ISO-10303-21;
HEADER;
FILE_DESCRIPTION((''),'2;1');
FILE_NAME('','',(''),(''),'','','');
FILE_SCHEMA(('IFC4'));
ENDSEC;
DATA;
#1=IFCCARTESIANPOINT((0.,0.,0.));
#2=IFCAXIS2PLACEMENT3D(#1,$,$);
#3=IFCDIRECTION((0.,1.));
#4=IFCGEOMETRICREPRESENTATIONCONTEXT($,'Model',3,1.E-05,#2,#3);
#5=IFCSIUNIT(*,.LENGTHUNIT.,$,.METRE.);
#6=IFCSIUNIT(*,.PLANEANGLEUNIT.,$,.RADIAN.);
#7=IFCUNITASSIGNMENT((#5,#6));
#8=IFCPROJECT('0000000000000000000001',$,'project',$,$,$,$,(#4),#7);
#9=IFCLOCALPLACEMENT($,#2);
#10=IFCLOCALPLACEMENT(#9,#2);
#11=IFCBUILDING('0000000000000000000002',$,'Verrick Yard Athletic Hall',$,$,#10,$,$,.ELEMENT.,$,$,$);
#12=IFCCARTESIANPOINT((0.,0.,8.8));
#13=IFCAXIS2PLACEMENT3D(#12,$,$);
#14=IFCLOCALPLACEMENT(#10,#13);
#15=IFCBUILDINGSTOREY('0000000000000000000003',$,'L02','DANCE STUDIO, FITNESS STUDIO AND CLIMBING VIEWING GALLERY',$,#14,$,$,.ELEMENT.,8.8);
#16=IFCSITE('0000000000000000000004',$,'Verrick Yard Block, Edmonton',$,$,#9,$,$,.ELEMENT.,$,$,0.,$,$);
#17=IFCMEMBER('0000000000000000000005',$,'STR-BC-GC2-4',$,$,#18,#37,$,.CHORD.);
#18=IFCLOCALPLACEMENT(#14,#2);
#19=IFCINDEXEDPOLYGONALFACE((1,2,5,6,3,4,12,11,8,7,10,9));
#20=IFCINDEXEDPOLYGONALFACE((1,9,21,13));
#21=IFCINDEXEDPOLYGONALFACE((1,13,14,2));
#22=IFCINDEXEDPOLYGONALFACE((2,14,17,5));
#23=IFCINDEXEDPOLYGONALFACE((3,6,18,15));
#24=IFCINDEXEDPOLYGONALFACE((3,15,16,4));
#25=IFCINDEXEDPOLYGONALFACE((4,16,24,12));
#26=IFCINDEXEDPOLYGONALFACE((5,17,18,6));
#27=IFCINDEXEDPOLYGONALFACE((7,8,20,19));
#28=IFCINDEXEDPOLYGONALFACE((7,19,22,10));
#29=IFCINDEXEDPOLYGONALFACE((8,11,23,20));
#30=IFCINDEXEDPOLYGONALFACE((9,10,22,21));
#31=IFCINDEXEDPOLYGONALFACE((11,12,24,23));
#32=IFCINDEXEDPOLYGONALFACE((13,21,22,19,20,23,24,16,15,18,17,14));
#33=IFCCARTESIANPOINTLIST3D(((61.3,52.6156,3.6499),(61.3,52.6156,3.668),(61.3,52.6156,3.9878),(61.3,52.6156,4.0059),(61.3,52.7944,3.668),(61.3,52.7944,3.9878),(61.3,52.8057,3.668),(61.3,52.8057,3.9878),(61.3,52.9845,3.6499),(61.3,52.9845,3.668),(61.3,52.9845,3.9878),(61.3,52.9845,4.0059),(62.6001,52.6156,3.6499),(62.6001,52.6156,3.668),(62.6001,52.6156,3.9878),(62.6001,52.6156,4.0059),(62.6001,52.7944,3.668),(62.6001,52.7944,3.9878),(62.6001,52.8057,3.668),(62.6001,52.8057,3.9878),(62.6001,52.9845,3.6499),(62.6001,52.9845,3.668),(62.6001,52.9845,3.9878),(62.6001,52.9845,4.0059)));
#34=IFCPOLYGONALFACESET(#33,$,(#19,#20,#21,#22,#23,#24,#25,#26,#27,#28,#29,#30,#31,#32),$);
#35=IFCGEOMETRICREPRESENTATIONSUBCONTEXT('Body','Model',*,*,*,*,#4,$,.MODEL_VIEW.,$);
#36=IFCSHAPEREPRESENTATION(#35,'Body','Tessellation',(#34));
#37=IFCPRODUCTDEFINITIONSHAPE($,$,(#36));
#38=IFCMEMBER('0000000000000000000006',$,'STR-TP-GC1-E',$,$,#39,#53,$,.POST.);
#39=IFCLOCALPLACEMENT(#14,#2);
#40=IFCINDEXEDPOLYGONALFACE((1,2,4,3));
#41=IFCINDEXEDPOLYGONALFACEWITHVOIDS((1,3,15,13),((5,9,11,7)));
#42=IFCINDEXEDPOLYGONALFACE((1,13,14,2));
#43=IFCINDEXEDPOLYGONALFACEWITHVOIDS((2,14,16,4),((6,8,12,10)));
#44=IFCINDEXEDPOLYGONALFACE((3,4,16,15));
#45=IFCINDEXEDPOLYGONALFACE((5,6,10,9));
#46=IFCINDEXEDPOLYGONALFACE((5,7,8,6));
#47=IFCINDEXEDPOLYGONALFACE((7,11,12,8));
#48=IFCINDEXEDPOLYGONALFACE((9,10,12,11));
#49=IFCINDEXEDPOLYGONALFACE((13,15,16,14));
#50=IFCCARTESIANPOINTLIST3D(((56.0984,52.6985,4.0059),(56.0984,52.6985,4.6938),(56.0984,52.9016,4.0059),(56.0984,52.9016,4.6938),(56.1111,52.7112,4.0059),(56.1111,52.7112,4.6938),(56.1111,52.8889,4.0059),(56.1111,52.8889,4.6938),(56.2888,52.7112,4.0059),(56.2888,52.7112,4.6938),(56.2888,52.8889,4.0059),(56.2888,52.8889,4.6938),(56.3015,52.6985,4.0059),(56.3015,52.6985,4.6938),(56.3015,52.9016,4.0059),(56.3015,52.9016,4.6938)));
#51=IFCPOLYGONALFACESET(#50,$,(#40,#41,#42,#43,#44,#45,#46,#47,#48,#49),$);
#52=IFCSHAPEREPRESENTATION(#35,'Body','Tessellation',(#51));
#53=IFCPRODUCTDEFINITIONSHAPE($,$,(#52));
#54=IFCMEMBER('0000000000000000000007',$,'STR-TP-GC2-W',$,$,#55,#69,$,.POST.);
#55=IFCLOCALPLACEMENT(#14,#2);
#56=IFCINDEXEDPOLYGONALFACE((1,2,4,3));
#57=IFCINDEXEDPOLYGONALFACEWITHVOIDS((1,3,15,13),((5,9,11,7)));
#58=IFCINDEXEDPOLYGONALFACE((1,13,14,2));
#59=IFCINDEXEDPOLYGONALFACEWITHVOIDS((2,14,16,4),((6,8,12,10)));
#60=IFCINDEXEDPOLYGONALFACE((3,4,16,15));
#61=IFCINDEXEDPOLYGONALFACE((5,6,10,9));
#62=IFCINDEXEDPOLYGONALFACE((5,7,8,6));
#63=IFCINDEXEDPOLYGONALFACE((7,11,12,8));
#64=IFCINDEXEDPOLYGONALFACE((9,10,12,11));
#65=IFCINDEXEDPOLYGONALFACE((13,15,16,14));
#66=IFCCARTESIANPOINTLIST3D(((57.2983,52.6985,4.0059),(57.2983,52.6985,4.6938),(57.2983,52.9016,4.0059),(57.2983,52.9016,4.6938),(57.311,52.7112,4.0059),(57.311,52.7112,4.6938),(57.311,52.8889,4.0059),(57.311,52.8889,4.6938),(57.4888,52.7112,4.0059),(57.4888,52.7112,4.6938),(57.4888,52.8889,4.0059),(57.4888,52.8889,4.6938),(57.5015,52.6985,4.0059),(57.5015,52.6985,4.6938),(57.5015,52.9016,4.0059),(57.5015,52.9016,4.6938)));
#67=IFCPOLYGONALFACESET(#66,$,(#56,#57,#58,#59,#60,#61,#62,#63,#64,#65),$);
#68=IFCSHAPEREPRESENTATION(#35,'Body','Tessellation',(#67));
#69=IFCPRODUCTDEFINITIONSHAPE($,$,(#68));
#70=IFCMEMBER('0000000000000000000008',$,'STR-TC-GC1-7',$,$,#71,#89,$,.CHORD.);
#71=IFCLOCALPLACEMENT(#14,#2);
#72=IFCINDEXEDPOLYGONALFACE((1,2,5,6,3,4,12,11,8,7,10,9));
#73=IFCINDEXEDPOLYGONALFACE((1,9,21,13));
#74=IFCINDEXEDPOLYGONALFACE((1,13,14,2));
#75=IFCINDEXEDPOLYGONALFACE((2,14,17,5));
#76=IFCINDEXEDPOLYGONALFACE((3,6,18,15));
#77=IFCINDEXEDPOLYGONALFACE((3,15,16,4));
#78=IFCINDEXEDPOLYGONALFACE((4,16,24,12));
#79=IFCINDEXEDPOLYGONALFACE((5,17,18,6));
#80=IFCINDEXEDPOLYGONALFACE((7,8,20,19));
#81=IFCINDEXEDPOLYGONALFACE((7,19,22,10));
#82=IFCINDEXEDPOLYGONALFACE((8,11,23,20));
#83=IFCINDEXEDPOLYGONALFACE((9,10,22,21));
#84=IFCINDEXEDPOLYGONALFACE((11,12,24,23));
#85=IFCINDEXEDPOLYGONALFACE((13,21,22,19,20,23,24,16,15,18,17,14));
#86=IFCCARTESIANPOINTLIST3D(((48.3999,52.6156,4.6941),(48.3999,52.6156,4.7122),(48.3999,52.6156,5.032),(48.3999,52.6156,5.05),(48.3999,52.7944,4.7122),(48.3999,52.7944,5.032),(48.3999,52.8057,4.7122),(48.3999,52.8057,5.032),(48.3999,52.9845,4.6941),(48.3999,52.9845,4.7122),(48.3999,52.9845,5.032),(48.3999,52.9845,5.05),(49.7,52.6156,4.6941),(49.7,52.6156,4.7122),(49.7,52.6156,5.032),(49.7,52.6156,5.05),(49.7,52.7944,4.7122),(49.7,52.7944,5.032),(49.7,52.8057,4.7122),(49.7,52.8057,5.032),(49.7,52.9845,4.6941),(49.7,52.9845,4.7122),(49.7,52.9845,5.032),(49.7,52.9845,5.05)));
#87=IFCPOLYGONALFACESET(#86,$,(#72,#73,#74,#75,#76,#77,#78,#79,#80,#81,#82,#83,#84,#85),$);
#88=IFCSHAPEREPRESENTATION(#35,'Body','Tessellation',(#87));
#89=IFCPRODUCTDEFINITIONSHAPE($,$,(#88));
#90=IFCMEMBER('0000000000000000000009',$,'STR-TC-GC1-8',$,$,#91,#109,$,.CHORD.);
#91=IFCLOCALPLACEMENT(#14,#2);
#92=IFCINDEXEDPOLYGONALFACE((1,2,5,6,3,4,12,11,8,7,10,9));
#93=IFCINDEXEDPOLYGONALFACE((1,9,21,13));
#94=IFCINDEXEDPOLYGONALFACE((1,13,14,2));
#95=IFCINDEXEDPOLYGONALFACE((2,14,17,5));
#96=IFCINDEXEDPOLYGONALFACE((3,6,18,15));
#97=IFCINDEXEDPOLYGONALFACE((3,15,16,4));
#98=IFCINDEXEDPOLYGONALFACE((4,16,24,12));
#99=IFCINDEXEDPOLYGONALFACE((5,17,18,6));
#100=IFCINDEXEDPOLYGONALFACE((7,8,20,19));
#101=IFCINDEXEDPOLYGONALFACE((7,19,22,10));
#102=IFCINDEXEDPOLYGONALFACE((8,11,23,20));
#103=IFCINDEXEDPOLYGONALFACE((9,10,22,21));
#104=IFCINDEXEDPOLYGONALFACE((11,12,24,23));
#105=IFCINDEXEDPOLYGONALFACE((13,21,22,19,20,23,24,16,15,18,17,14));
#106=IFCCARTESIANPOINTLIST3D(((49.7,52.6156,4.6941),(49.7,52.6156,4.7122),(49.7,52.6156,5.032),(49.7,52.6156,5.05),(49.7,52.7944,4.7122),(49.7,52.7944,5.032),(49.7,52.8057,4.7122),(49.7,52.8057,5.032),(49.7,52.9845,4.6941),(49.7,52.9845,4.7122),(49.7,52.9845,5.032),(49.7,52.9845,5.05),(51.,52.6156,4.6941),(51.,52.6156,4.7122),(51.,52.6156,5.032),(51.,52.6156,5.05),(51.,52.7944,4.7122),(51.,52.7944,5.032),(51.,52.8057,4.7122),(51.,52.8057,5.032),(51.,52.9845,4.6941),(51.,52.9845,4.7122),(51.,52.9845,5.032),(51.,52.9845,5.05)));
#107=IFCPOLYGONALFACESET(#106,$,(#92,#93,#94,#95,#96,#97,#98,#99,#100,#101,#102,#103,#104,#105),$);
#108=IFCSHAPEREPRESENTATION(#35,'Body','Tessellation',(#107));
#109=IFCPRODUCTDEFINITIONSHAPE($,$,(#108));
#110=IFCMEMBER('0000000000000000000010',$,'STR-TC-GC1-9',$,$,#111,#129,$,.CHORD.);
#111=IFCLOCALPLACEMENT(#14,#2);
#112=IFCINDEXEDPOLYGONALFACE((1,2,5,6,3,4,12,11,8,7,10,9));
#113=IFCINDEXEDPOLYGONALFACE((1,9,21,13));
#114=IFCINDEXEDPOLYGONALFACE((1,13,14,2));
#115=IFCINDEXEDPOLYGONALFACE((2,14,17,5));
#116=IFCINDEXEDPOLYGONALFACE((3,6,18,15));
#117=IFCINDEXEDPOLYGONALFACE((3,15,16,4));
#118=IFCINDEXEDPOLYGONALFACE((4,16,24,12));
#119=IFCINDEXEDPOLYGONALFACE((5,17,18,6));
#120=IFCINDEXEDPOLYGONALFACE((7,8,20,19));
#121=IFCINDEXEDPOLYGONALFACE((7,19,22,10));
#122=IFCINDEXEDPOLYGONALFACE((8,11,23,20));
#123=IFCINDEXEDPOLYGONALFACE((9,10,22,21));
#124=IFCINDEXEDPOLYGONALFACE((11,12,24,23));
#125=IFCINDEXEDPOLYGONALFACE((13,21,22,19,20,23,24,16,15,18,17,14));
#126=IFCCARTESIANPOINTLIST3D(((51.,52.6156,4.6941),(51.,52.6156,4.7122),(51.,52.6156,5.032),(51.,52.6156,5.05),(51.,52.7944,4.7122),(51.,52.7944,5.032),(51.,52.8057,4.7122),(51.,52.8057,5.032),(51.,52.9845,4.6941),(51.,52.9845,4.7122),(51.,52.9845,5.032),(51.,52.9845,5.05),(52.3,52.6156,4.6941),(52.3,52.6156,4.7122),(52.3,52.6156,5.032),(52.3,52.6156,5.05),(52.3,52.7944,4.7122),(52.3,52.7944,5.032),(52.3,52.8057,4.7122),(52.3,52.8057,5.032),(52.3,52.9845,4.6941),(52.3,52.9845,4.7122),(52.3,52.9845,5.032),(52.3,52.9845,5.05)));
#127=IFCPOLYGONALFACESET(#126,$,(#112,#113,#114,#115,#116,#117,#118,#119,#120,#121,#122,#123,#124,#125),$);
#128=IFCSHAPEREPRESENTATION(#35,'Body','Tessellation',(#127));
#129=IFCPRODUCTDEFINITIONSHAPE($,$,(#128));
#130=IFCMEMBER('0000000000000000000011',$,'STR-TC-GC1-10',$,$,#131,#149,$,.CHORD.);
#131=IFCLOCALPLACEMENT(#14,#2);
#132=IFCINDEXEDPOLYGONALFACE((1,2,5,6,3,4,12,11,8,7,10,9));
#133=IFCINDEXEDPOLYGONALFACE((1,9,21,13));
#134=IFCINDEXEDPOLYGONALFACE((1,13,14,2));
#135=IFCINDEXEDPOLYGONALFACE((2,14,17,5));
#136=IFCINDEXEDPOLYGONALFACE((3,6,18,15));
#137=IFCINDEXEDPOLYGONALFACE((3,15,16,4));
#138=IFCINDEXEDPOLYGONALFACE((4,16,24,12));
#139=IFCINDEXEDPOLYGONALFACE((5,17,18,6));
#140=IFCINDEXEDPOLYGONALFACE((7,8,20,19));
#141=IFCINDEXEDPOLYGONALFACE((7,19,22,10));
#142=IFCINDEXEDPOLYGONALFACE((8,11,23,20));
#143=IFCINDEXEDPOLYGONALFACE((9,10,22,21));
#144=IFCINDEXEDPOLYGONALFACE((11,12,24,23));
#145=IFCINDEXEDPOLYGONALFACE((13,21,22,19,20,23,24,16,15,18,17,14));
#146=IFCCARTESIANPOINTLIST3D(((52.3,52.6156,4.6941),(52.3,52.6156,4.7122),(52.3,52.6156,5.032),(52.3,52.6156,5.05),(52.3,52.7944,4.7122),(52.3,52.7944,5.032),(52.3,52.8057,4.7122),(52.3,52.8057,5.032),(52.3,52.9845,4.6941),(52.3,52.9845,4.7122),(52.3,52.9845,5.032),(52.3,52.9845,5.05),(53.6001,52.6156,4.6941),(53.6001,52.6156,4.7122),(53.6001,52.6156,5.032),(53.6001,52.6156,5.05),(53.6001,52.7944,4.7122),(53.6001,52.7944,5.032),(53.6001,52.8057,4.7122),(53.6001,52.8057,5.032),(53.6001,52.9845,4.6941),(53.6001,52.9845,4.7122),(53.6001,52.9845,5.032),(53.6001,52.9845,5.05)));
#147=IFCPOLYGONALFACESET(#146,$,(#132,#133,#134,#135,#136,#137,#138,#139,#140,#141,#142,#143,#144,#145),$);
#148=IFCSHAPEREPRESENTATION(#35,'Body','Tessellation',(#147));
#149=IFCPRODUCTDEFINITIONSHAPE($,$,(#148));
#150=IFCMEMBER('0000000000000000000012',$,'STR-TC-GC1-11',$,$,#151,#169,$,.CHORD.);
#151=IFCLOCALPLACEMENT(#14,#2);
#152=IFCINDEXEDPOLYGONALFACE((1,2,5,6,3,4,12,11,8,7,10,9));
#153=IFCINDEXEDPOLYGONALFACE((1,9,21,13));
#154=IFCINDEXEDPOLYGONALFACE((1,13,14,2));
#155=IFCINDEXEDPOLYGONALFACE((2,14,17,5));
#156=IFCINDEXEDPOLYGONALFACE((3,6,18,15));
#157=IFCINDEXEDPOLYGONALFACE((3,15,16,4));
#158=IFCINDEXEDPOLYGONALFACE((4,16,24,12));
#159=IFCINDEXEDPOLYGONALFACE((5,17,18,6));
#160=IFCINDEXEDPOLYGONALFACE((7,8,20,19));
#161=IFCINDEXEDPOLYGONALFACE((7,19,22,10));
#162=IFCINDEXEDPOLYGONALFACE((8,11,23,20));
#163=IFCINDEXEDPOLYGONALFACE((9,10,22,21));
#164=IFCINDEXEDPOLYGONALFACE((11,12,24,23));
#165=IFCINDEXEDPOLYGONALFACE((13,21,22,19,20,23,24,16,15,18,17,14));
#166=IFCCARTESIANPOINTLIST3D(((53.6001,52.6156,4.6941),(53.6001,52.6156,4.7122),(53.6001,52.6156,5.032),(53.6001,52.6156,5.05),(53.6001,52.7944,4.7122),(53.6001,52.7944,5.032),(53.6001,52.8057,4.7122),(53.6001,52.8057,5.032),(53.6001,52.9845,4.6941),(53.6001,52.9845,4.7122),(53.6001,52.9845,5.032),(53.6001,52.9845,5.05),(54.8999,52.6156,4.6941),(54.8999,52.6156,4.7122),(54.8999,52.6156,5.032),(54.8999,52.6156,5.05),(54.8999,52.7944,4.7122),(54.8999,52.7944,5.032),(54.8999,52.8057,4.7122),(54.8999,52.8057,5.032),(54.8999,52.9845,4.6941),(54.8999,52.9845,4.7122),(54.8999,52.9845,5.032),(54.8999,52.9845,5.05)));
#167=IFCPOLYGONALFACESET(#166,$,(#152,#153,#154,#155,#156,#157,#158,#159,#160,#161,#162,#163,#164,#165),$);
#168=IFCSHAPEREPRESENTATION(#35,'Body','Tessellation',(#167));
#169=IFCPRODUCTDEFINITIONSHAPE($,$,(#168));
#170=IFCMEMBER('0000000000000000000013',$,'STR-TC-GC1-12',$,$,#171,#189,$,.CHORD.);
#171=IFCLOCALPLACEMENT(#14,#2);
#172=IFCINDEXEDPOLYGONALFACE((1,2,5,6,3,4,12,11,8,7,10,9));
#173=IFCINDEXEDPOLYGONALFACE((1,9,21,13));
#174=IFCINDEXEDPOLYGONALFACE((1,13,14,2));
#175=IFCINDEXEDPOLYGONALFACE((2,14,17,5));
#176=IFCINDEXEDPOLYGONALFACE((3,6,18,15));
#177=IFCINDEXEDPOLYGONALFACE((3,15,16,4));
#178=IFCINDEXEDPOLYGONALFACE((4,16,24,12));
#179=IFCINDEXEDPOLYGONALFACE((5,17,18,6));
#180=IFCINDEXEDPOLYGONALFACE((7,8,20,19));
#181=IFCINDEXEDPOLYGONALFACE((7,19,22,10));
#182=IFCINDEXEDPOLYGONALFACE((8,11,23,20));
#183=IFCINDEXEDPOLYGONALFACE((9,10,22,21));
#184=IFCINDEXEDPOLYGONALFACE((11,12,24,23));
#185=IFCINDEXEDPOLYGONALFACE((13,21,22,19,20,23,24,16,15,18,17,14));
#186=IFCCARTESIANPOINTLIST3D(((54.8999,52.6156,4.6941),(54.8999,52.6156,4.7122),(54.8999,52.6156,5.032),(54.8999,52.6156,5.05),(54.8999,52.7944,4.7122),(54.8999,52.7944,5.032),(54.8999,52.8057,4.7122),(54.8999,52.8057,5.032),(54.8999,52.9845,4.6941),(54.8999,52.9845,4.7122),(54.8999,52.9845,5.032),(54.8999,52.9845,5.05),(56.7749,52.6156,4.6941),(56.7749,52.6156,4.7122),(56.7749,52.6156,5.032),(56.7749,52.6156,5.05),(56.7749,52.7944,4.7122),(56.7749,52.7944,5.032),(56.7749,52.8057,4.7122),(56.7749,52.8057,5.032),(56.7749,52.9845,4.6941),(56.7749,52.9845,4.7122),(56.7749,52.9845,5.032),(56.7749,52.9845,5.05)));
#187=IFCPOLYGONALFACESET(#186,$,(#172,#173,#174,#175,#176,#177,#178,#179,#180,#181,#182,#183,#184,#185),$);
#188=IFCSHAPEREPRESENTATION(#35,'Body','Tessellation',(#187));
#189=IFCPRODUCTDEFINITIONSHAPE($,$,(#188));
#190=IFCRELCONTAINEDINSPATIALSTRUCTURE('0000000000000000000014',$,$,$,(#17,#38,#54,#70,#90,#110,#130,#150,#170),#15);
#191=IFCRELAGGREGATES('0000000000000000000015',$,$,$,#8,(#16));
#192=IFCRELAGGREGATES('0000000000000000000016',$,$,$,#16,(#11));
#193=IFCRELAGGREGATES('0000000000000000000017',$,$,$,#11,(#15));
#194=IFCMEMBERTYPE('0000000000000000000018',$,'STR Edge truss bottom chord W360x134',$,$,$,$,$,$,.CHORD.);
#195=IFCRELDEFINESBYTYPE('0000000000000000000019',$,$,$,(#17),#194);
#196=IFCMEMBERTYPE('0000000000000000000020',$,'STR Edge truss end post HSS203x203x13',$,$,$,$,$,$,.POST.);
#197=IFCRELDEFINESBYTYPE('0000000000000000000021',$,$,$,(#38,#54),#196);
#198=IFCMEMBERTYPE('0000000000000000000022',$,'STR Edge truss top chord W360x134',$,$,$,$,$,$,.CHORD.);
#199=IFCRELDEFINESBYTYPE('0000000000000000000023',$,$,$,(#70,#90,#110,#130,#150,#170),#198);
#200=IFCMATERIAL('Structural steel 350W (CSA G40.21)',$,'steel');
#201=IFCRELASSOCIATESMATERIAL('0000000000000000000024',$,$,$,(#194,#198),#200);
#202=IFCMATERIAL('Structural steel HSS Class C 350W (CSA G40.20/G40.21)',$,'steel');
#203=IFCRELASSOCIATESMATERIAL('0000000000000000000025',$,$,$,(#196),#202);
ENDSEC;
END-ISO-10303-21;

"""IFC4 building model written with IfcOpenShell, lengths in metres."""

from ifc_helpers import new_model, si_unit, direction, frame, origin, origin_2d, place, context, subcontext, project, spatial, hollow_rectangle, i_section, extrude, material, material_profile, profile_set, type_object, element, save


model = new_model("IFC4")

# Units and contexts
model_context = context("Model", 3, precision=1e-05, world=origin(), true_north=direction((0.0, 1.0)))
body_context = subcontext(model_context, "Body", "Model", "MODEL_VIEW")
ifc_project = project(units=[si_unit("LENGTHUNIT", "METRE"), si_unit("PLANEANGLEUNIT", "RADIAN")], contexts=[model_context])

# Site, building, storey
site_placement = place(None, origin())
site = spatial("IfcSite", under=ifc_project, at=site_placement, Name="Verrick Yard Block, Edmonton", CompositionType="ELEMENT", RefElevation=0.0)
building_placement = place(site_placement, origin())
building = spatial("IfcBuilding", under=site, at=building_placement, Name="Verrick Yard Athletic Hall", CompositionType="ELEMENT")
storey_placement = place(building_placement, frame((0.0, 0.0, 8.8)))
storey = spatial("IfcBuildingStorey", under=building, at=storey_placement, Name="L02", Description="DANCE STUDIO, FITNESS STUDIO AND CLIMBING VIEWING GALLERY", CompositionType="ELEMENT", Elevation=8.8)

# Members
ifc_material_1 = material(Name="Structural steel 350W (CSA G40.21)", Category="steel")
ifc_material_profile_1 = material_profile(ifc_material_1, i_section(OverallWidth=0.3689, OverallDepth=0.356, WebThickness=0.0112, FlangeThickness=0.0181, at=origin_2d()), Name="W360x134")
ifc_profile_set_1 = profile_set([ifc_material_profile_1], Name="Structural steel 350W (CSA G40.21)")
member_type_1 = type_object("IfcMemberType", Name="STR Edge truss bottom chord W360x134", PredefinedType="CHORD", material=ifc_profile_set_1)
for number, where, z_axis, x_axis, name in (
    (1, (61.3, 52.8, 3.8279), (1.0, 0.0, 0.0), (0.0, 1.0, 0.0), "STR-BC-GC2-4"),
):
    element("IfcMember", number, at=place(storey_placement, frame(where, z_axis=z_axis, x_axis=x_axis)), inside=storey, type_object=member_type_1, Name=name, PredefinedType="CHORD", context=body_context, shape_type="SweptSolid", body=[
        extrude(i_section(OverallWidth=0.3689, OverallDepth=0.356, WebThickness=0.0112, FlangeThickness=0.0181, at=origin_2d()), origin(), (0.0, 0.0, 1.0), 1.3),
    ])
ifc_material_2 = material(Name="Structural steel HSS Class C 350W (CSA G40.20/G40.21)", Category="steel")
ifc_material_profile_2 = material_profile(ifc_material_2, hollow_rectangle(XDim=0.2031, YDim=0.2031, WallThickness=0.0127, at=origin_2d()), Name="HSS203x203x13")
ifc_profile_set_2 = profile_set([ifc_material_profile_2], Name="Structural steel HSS Class C 350W (CSA G40.20/G40.21)")
member_type_2 = type_object("IfcMemberType", Name="STR Edge truss end post HSS203x203x13", PredefinedType="POST", material=ifc_profile_set_2)
for number, where, z_axis, x_axis, name in (
    (2, (56.2, 52.8, 4.0059), (0.0, 0.0, 1.0), (1.0, 0.0, 0.0), "STR-TP-GC1-E"),
    (3, (57.3999, 52.8, 4.0059), (0.0, 0.0, 1.0), (1.0, 0.0, 0.0), "STR-TP-GC2-W"),
):
    element("IfcMember", number, at=place(storey_placement, frame(where, z_axis=z_axis, x_axis=x_axis)), inside=storey, type_object=member_type_2, Name=name, PredefinedType="POST", context=body_context, shape_type="SweptSolid", body=[
        extrude(hollow_rectangle(XDim=0.2031, YDim=0.2031, WallThickness=0.0127, at=origin_2d()), origin(), (0.0, 0.0, 1.0), 0.688),
    ])
ifc_material_profile_3 = material_profile(ifc_material_1, i_section(OverallWidth=0.3689, OverallDepth=0.356, WebThickness=0.0112, FlangeThickness=0.0181, at=origin_2d()), Name="W360x134")
ifc_profile_set_3 = profile_set([ifc_material_profile_3], Name="Structural steel 350W (CSA G40.21)")
member_type_3 = type_object("IfcMemberType", Name="STR Edge truss top chord W360x134", PredefinedType="CHORD", material=ifc_profile_set_3)
for number, where, z_axis, x_axis, name in (
    (4, (48.3999, 52.8, 4.8721), (1.0, 0.0, 0.0), (0.0, 1.0, 0.0), "STR-TC-GC1-7"),
    (5, (49.7, 52.8, 4.8721), (1.0, 0.0, 0.0), (0.0, 1.0, 0.0), "STR-TC-GC1-8"),
    (6, (51.0, 52.8, 4.8721), (1.0, 0.0, 0.0), (0.0, 1.0, 0.0), "STR-TC-GC1-9"),
    (7, (52.3, 52.8, 4.8721), (1.0, 0.0, 0.0), (0.0, 1.0, 0.0), "STR-TC-GC1-10"),
):
    element("IfcMember", number, at=place(storey_placement, frame(where, z_axis=z_axis, x_axis=x_axis)), inside=storey, type_object=member_type_3, Name=name, PredefinedType="CHORD", context=body_context, shape_type="SweptSolid", body=[
        extrude(i_section(OverallWidth=0.3689, OverallDepth=0.356, WebThickness=0.0112, FlangeThickness=0.0181, at=origin_2d()), origin(), (0.0, 0.0, 1.0), 1.3),
    ])
member_1_placement = place(storey_placement, frame((53.6001, 52.8, 4.8721), z_axis=(1.0, 0.0, 0.0), x_axis=(0.0, 1.0, 0.0)))
element("IfcMember", 8, at=member_1_placement, inside=storey, type_object=member_type_3, Name="STR-TC-GC1-11", PredefinedType="CHORD", context=body_context, shape_type="SweptSolid", body=[
    extrude(i_section(OverallWidth=0.3689, OverallDepth=0.356, WebThickness=0.0112, FlangeThickness=0.0181, at=origin_2d()), origin(), (0.0, 0.0, 1.0), 1.2998),
])
for number, where, z_axis, x_axis, name in (
    (9, (54.8999, 52.8, 4.8721), (1.0, 0.0, 0.0), (0.0, 1.0, 0.0), "STR-TC-GC1-12"),
):
    element("IfcMember", number, at=place(storey_placement, frame(where, z_axis=z_axis, x_axis=x_axis)), inside=storey, type_object=member_type_3, Name=name, PredefinedType="CHORD", context=body_context, shape_type="SweptSolid", body=[
        extrude(i_section(OverallWidth=0.3689, OverallDepth=0.356, WebThickness=0.0112, FlangeThickness=0.0181, at=origin_2d()), origin(), (0.0, 0.0, 1.0), 1.875),
    ])

save(model, "model.ifc")
